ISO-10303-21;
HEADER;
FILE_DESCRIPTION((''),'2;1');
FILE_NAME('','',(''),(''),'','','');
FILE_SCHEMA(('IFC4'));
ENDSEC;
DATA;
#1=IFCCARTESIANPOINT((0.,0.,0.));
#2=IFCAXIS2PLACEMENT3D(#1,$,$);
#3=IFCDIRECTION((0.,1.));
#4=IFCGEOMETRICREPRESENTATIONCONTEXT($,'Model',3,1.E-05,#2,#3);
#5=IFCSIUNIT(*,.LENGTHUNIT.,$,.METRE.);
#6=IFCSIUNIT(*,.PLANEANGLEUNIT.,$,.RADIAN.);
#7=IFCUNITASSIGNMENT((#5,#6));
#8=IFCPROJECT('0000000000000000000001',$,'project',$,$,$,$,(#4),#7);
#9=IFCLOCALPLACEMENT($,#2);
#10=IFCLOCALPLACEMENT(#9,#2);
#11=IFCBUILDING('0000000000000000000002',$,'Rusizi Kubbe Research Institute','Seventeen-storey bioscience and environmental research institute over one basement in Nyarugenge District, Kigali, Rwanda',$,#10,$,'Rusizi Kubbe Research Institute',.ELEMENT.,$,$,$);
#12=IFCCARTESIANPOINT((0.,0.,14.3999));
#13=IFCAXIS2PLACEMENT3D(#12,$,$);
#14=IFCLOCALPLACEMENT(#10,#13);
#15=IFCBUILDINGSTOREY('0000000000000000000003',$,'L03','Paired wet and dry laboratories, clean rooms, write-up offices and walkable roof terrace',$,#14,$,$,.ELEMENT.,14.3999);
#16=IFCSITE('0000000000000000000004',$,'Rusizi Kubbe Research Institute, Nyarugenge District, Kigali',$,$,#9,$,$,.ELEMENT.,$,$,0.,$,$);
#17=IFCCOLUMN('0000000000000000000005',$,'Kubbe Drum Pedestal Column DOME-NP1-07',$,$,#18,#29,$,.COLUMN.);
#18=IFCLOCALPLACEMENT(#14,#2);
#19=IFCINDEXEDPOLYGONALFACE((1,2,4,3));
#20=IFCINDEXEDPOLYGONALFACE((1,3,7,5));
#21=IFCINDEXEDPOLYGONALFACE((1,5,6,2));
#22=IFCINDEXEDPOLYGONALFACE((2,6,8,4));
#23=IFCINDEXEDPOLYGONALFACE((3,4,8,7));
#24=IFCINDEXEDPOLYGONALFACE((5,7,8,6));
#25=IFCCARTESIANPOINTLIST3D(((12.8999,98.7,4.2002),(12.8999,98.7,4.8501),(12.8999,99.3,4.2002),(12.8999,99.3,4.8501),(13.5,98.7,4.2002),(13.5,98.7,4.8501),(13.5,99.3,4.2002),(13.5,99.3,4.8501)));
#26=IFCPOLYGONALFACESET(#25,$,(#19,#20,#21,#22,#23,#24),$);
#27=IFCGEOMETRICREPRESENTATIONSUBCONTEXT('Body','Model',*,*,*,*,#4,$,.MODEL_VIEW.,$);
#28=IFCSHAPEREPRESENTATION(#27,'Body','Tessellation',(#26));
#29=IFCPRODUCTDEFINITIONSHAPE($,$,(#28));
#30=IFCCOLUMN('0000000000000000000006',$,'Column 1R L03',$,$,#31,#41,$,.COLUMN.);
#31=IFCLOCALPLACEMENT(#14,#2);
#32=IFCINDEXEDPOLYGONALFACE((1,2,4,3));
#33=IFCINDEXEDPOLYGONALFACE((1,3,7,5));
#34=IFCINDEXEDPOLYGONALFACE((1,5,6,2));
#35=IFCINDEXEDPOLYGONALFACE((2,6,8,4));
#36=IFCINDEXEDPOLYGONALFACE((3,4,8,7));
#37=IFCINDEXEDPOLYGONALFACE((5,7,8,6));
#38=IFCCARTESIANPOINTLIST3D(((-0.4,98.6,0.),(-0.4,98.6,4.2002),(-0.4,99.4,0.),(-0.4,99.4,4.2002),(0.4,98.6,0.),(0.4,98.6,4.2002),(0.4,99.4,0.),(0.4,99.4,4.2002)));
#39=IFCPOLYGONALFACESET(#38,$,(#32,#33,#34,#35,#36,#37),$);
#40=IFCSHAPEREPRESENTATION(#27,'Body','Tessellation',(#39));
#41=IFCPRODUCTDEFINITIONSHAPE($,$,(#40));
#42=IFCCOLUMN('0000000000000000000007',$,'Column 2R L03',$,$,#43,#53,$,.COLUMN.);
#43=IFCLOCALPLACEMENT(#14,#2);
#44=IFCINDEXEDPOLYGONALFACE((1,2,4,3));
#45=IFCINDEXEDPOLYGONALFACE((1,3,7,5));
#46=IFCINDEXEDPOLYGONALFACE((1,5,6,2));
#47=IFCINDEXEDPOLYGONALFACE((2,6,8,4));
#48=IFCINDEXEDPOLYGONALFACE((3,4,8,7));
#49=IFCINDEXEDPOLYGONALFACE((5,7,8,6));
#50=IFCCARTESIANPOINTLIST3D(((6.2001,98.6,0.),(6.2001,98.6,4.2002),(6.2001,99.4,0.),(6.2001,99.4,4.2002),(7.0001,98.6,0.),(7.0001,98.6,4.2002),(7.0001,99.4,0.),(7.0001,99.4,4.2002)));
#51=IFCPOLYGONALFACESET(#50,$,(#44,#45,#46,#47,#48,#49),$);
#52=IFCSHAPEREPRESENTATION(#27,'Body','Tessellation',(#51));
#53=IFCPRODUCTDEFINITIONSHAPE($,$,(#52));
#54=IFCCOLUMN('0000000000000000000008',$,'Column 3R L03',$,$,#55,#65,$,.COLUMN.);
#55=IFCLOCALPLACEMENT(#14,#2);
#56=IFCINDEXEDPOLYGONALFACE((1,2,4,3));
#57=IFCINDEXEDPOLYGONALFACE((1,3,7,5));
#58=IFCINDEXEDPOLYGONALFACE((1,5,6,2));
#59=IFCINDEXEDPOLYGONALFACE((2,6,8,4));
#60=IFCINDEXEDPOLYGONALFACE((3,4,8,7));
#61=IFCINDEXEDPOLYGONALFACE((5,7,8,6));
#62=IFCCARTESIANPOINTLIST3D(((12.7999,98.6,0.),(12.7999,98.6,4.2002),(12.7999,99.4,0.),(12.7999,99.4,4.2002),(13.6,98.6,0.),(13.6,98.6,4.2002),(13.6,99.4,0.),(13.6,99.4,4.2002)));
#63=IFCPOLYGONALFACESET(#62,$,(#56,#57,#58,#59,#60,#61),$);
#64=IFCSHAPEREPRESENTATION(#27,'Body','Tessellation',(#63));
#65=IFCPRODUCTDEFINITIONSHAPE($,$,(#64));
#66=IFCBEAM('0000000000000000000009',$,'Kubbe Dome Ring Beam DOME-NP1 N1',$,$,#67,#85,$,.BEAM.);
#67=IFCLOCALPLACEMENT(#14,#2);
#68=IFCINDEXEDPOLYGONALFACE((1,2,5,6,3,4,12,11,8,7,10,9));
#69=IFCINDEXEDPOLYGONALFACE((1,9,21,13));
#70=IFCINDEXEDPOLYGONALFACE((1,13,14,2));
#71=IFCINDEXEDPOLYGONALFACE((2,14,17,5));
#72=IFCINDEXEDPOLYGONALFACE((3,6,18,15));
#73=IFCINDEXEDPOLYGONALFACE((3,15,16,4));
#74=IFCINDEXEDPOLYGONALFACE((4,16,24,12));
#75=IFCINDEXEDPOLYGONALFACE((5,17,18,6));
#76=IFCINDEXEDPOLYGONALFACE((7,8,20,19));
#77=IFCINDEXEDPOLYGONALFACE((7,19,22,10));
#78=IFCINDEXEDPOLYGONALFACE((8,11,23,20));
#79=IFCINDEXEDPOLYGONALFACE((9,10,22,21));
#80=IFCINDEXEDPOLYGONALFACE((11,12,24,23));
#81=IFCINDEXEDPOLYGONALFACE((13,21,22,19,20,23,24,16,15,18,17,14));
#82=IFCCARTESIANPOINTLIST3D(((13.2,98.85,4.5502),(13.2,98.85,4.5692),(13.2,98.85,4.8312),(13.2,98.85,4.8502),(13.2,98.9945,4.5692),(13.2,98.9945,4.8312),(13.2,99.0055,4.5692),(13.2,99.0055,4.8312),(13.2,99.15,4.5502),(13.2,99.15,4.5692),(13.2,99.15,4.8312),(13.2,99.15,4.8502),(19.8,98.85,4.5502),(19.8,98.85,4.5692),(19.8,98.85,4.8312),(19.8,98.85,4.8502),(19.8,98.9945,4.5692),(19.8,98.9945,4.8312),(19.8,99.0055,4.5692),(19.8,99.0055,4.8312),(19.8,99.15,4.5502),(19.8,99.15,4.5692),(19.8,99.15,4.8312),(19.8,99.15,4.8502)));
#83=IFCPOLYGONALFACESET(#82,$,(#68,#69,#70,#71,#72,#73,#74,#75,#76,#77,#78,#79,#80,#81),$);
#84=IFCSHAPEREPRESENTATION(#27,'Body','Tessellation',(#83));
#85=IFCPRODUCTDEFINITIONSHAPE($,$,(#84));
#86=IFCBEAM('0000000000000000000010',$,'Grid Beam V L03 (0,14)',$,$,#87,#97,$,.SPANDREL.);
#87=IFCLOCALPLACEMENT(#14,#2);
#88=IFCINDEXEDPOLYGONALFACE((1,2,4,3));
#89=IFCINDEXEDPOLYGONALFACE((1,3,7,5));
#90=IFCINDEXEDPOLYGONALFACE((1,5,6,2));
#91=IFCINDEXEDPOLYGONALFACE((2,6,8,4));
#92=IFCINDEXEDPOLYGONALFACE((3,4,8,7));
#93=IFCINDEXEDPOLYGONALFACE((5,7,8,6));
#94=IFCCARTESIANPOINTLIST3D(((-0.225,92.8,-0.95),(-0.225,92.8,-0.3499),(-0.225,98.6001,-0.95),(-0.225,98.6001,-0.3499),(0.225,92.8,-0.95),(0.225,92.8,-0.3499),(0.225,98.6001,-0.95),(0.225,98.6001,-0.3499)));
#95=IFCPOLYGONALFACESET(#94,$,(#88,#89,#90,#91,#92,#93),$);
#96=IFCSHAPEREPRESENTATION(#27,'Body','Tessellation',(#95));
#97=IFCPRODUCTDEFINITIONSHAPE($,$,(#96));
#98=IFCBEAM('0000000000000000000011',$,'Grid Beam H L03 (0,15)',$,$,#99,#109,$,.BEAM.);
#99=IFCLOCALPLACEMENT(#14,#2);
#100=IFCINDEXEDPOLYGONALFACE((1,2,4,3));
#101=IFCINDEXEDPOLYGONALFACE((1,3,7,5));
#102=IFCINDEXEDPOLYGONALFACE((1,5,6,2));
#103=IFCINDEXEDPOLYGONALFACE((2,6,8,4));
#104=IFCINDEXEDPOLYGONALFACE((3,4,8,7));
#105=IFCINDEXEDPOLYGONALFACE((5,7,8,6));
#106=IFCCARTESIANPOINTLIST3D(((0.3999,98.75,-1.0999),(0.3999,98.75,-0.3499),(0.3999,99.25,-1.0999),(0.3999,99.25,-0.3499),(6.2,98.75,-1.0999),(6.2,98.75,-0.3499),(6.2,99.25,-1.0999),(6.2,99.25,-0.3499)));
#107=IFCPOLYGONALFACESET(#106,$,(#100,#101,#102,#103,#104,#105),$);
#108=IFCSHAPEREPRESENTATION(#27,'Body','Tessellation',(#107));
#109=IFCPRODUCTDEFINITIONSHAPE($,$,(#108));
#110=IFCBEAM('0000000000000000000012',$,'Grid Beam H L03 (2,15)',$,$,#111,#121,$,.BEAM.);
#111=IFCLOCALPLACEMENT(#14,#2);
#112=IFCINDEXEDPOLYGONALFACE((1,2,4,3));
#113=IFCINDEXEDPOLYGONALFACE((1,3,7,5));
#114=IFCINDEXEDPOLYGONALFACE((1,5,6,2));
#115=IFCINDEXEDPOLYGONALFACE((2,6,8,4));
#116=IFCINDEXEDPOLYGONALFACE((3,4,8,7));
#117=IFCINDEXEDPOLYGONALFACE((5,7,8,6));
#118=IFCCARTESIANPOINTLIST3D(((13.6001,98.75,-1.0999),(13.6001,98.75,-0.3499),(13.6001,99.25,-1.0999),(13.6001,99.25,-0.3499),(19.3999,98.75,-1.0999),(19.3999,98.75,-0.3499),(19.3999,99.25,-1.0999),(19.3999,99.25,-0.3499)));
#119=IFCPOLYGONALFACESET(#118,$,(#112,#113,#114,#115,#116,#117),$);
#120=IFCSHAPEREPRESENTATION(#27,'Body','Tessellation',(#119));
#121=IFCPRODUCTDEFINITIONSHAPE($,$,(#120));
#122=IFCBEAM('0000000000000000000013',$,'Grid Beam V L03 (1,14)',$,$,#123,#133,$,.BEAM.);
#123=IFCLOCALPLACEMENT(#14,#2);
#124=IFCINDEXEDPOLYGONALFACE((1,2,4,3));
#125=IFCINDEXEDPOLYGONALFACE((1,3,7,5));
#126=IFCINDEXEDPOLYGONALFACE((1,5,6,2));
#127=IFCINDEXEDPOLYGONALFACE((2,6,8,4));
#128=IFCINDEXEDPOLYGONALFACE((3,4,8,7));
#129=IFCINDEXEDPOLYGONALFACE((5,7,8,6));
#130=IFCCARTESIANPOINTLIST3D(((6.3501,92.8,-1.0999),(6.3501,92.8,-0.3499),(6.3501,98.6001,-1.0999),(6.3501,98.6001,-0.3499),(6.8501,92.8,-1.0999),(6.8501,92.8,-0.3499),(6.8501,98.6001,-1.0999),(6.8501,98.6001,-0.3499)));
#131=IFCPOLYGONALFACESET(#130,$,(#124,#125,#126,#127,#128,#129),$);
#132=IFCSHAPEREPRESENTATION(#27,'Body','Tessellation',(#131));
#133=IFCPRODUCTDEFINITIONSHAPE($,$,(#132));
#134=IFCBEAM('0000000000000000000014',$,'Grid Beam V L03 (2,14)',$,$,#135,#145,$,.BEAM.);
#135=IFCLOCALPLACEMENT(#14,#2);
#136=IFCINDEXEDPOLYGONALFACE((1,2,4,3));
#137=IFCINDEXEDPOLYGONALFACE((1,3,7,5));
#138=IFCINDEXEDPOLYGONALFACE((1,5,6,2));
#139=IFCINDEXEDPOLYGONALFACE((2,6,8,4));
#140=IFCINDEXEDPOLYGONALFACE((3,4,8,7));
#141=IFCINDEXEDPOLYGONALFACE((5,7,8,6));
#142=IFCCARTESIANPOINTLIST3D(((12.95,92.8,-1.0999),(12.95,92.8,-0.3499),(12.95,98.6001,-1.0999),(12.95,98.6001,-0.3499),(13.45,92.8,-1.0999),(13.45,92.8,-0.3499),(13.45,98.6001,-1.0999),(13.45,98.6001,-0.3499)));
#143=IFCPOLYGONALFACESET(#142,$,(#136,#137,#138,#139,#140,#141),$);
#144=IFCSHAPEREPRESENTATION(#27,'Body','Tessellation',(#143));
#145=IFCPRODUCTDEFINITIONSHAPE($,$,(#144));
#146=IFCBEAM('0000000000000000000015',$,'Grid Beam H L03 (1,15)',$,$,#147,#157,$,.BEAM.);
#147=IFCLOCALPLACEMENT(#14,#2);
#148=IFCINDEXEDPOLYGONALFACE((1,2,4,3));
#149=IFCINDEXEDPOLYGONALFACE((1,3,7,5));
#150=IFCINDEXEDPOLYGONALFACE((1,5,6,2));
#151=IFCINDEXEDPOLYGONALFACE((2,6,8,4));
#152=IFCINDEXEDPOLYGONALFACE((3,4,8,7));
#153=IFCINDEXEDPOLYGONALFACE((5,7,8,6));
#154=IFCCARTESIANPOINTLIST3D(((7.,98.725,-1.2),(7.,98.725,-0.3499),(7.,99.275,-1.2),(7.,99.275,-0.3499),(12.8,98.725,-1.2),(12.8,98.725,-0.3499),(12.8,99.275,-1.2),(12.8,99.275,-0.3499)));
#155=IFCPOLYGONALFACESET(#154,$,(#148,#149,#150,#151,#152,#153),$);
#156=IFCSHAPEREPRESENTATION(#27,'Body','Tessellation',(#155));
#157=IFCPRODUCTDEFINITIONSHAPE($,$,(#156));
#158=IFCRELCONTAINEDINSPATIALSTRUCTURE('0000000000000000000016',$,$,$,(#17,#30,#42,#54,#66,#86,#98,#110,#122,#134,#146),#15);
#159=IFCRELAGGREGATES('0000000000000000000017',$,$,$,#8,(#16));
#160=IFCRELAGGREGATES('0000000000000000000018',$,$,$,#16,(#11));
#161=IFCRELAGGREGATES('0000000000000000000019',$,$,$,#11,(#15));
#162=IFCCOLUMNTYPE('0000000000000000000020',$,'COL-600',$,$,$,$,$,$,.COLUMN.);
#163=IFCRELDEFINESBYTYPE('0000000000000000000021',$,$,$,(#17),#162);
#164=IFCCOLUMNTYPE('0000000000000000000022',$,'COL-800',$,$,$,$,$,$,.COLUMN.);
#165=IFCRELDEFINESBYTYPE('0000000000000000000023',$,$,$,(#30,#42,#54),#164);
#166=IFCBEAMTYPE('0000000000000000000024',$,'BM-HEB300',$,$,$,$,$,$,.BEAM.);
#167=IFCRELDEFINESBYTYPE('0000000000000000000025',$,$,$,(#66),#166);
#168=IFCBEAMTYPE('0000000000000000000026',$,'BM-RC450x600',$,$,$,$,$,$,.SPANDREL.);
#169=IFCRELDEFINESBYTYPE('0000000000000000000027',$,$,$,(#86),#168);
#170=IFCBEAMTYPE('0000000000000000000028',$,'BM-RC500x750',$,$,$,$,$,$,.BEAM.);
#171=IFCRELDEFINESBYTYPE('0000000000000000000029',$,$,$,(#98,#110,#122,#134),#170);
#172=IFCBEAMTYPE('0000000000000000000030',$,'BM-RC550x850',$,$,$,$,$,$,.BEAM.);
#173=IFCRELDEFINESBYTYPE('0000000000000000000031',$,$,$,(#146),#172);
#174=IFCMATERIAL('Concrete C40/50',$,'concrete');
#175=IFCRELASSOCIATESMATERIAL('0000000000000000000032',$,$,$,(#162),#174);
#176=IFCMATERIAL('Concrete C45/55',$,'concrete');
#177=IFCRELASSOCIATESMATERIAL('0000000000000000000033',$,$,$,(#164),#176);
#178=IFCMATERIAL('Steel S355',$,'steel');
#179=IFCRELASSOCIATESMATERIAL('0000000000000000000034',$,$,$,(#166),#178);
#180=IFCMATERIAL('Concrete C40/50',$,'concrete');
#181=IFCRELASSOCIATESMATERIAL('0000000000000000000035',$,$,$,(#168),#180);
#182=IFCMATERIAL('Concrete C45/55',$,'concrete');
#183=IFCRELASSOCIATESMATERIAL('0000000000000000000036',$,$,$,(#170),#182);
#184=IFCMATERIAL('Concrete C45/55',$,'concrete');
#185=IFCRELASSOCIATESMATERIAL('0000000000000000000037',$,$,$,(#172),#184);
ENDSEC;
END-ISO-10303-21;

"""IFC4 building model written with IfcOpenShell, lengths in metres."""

from ifc_helpers import new_model, si_unit, direction, frame, origin, origin_2d, place, context, subcontext, project, spatial, rectangle, i_section, extrude, material, material_profile, profile_set, type_object, element, save


model = new_model("IFC4")

# Units and contexts
model_context = context("Model", 3, precision=1e-05, world=origin(), true_north=direction((0.0, 1.0)))
body_context = subcontext(model_context, "Body", "Model", "MODEL_VIEW")
ifc_project = project(units=[si_unit("LENGTHUNIT", "METRE"), si_unit("PLANEANGLEUNIT", "RADIAN")], contexts=[model_context])

# Site, building, storey
site_placement = place(None, origin())
site = spatial("IfcSite", under=ifc_project, at=site_placement, Name="Rusizi Kubbe Research Institute, Nyarugenge District, Kigali", CompositionType="ELEMENT", RefElevation=0.0)
building_placement = place(site_placement, origin())
building = spatial("IfcBuilding", under=site, at=building_placement, Name="Rusizi Kubbe Research Institute", Description="Seventeen-storey bioscience and environmental research institute over one basement in Nyarugenge District, Kigali, Rwanda", LongName="Rusizi Kubbe Research Institute", CompositionType="ELEMENT")
storey_placement = place(building_placement, frame((0.0, 0.0, 14.3999)))
storey = spatial("IfcBuildingStorey", under=building, at=storey_placement, Name="L03", Description="Paired wet and dry laboratories, clean rooms, write-up offices and walkable roof terrace", CompositionType="ELEMENT", Elevation=14.3999)

# Columns
ifc_material_1 = material(Name="Concrete C40/50", Category="concrete")
ifc_material_profile_1 = material_profile(ifc_material_1, rectangle(XDim=0.6001, YDim=0.6001, at=origin_2d()), Name="RC600x600")
ifc_profile_set_1 = profile_set([ifc_material_profile_1], Name="Concrete C40/50")
column_type_1 = type_object("IfcColumnType", Name="COL-600", PredefinedType="COLUMN", material=ifc_profile_set_1)
column_placement = place(storey_placement, frame((13.2, 99.0, 4.2002), z_axis=(0.0, 0.0, 1.0), x_axis=(1.0, 0.0, 0.0)))
element("IfcColumn", 1, at=column_placement, inside=storey, type_object=column_type_1, Name="Kubbe Drum Pedestal Column DOME-NP1-07", PredefinedType="COLUMN", context=body_context, shape_type="SweptSolid", body=[
    extrude(rectangle(XDim=0.6001, YDim=0.6001, at=origin_2d()), origin(), (0.0, 0.0, 1.0), 0.6499),
])
ifc_material_2 = material(Name="Concrete C45/55", Category="concrete")
ifc_material_profile_2 = material_profile(ifc_material_2, rectangle(XDim=0.8, YDim=0.8, at=origin_2d()), Name="RC800x800")
ifc_profile_set_2 = profile_set([ifc_material_profile_2], Name="Concrete C45/55")
column_type_2 = type_object("IfcColumnType", Name="COL-800", PredefinedType="COLUMN", material=ifc_profile_set_2)
for number, where, z_axis, x_axis, name in (
    (2, (0.0, 99.0, 0.0), (0.0, 0.0, 1.0), (1.0, 0.0, 0.0), "Column 1R L03"),
    (3, (6.6001, 99.0, 0.0), (0.0, 0.0, 1.0), (1.0, 0.0, 0.0), "Column 2R L03"),
    (4, (13.2, 99.0, 0.0), (0.0, 0.0, 1.0), (1.0, 0.0, 0.0), "Column 3R L03"),
):
    element("IfcColumn", number, at=place(storey_placement, frame(where, z_axis=z_axis, x_axis=x_axis)), inside=storey, type_object=column_type_2, Name=name, PredefinedType="COLUMN", context=body_context, shape_type="SweptSolid", body=[
        extrude(rectangle(XDim=0.8, YDim=0.8, at=origin_2d()), origin(), (0.0, 0.0, 1.0), 4.2002),
    ])

# Beams
ifc_material_3 = material(Name="Steel S355", Category="steel")
ifc_material_profile_3 = material_profile(ifc_material_3, i_section(OverallWidth=0.3, OverallDepth=0.3, WebThickness=0.011, FlangeThickness=0.019, at=origin_2d()), Name="HEB 300")
ifc_profile_set_3 = profile_set([ifc_material_profile_3], Name="Steel S355")
beam_type_1 = type_object("IfcBeamType", Name="BM-HEB300", PredefinedType="BEAM", material=ifc_profile_set_3)
beam_1_placement = place(storey_placement, frame((13.2, 99.0, 4.7002), z_axis=(1.0, 0.0, 0.0), x_axis=(0.0, 1.0, 0.0)))
element("IfcBeam", 5, at=beam_1_placement, inside=storey, type_object=beam_type_1, Name="Kubbe Dome Ring Beam DOME-NP1 N1", PredefinedType="BEAM", context=body_context, shape_type="SweptSolid", body=[
    extrude(i_section(OverallWidth=0.3, OverallDepth=0.3, WebThickness=0.011, FlangeThickness=0.019, at=origin_2d()), origin(), (0.0, 0.0, 1.0), 6.6001),
])
ifc_material_4 = material(Name="Concrete C40/50", Category="concrete")
ifc_material_profile_4 = material_profile(ifc_material_4, rectangle(XDim=0.45, YDim=0.6001, at=origin_2d()), Name="RC450x600")
ifc_profile_set_4 = profile_set([ifc_material_profile_4], Name="Concrete C40/50")
beam_type_2 = type_object("IfcBeamType", Name="BM-RC450x600", PredefinedType="SPANDREL", material=ifc_profile_set_4)
beam_2_placement = place(storey_placement, frame((0.0, 92.8, -0.6499), z_axis=(0.0, 1.0, 0.0), x_axis=(-1.0, 0.0, 0.0)))
element("IfcBeam", 6, at=beam_2_placement, inside=storey, type_object=beam_type_2, Name="Grid Beam V L03 (0,14)", PredefinedType="SPANDREL", context=body_context, shape_type="SweptSolid", body=[
    extrude(rectangle(XDim=0.45, YDim=0.6001, at=origin_2d()), origin(), (0.0, 0.0, 1.0), 5.8),
])
ifc_material_5 = material(Name="Concrete C45/55", Category="concrete")
ifc_material_profile_5 = material_profile(ifc_material_5, rectangle(XDim=0.5, YDim=0.75, at=origin_2d()), Name="RC500x750B")
ifc_profile_set_5 = profile_set([ifc_material_profile_5], Name="Concrete C45/55")
beam_type_3 = type_object("IfcBeamType", Name="BM-RC500x750", PredefinedType="BEAM", material=ifc_profile_set_5)
beam_3_placement = place(storey_placement, frame((0.3999, 99.0, -0.7249), z_axis=(1.0, 0.0, 0.0), x_axis=(0.0, 1.0, 0.0)))
element("IfcBeam", 7, at=beam_3_placement, inside=storey, type_object=beam_type_3, Name="Grid Beam H L03 (0,15)", PredefinedType="BEAM", context=body_context, shape_type="SweptSolid", body=[
    extrude(rectangle(XDim=0.5, YDim=0.75, at=origin_2d()), origin(), (0.0, 0.0, 1.0), 5.8),
])
beam_4_placement = place(storey_placement, frame((13.6001, 99.0, -0.7249), z_axis=(1.0, 0.0, 0.0), x_axis=(0.0, 1.0, 0.0)))
element("IfcBeam", 8, at=beam_4_placement, inside=storey, type_object=beam_type_3, Name="Grid Beam H L03 (2,15)", PredefinedType="BEAM", context=body_context, shape_type="SweptSolid", body=[
    extrude(rectangle(XDim=0.5, YDim=0.75, at=origin_2d()), origin(), (0.0, 0.0, 1.0), 5.7998),
])
for number, where, z_axis, x_axis, name in (
    (9, (6.6001, 92.8, -0.7249), (0.0, 1.0, 0.0), (-1.0, 0.0, 0.0), "Grid Beam V L03 (1,14)"),
    (10, (13.2, 92.8, -0.7249), (0.0, 1.0, 0.0), (-1.0, 0.0, 0.0), "Grid Beam V L03 (2,14)"),
):
    element("IfcBeam", number, at=place(storey_placement, frame(where, z_axis=z_axis, x_axis=x_axis)), inside=storey, type_object=beam_type_3, Name=name, PredefinedType="BEAM", context=body_context, shape_type="SweptSolid", body=[
        extrude(rectangle(XDim=0.5, YDim=0.75, at=origin_2d()), origin(), (0.0, 0.0, 1.0), 5.8),
    ])
ifc_material_6 = material(Name="Concrete C45/55", Category="concrete")
ifc_material_profile_6 = material_profile(ifc_material_6, rectangle(XDim=0.55, YDim=0.8501, at=origin_2d()), Name="RC550x850")
ifc_profile_set_6 = profile_set([ifc_material_profile_6], Name="Concrete C45/55")
beam_type_4 = type_object("IfcBeamType", Name="BM-RC550x850", PredefinedType="BEAM", material=ifc_profile_set_6)
beam_5_placement = place(storey_placement, frame((7.0, 99.0, -0.7749), z_axis=(1.0, 0.0, 0.0), x_axis=(0.0, 1.0, 0.0)))
element("IfcBeam", 11, at=beam_5_placement, inside=storey, type_object=beam_type_4, Name="Grid Beam H L03 (1,15)", PredefinedType="BEAM", context=body_context, shape_type="SweptSolid", body=[
    extrude(rectangle(XDim=0.55, YDim=0.8501, at=origin_2d()), origin(), (0.0, 0.0, 1.0), 5.8),
])

save(model, "model.ifc")
